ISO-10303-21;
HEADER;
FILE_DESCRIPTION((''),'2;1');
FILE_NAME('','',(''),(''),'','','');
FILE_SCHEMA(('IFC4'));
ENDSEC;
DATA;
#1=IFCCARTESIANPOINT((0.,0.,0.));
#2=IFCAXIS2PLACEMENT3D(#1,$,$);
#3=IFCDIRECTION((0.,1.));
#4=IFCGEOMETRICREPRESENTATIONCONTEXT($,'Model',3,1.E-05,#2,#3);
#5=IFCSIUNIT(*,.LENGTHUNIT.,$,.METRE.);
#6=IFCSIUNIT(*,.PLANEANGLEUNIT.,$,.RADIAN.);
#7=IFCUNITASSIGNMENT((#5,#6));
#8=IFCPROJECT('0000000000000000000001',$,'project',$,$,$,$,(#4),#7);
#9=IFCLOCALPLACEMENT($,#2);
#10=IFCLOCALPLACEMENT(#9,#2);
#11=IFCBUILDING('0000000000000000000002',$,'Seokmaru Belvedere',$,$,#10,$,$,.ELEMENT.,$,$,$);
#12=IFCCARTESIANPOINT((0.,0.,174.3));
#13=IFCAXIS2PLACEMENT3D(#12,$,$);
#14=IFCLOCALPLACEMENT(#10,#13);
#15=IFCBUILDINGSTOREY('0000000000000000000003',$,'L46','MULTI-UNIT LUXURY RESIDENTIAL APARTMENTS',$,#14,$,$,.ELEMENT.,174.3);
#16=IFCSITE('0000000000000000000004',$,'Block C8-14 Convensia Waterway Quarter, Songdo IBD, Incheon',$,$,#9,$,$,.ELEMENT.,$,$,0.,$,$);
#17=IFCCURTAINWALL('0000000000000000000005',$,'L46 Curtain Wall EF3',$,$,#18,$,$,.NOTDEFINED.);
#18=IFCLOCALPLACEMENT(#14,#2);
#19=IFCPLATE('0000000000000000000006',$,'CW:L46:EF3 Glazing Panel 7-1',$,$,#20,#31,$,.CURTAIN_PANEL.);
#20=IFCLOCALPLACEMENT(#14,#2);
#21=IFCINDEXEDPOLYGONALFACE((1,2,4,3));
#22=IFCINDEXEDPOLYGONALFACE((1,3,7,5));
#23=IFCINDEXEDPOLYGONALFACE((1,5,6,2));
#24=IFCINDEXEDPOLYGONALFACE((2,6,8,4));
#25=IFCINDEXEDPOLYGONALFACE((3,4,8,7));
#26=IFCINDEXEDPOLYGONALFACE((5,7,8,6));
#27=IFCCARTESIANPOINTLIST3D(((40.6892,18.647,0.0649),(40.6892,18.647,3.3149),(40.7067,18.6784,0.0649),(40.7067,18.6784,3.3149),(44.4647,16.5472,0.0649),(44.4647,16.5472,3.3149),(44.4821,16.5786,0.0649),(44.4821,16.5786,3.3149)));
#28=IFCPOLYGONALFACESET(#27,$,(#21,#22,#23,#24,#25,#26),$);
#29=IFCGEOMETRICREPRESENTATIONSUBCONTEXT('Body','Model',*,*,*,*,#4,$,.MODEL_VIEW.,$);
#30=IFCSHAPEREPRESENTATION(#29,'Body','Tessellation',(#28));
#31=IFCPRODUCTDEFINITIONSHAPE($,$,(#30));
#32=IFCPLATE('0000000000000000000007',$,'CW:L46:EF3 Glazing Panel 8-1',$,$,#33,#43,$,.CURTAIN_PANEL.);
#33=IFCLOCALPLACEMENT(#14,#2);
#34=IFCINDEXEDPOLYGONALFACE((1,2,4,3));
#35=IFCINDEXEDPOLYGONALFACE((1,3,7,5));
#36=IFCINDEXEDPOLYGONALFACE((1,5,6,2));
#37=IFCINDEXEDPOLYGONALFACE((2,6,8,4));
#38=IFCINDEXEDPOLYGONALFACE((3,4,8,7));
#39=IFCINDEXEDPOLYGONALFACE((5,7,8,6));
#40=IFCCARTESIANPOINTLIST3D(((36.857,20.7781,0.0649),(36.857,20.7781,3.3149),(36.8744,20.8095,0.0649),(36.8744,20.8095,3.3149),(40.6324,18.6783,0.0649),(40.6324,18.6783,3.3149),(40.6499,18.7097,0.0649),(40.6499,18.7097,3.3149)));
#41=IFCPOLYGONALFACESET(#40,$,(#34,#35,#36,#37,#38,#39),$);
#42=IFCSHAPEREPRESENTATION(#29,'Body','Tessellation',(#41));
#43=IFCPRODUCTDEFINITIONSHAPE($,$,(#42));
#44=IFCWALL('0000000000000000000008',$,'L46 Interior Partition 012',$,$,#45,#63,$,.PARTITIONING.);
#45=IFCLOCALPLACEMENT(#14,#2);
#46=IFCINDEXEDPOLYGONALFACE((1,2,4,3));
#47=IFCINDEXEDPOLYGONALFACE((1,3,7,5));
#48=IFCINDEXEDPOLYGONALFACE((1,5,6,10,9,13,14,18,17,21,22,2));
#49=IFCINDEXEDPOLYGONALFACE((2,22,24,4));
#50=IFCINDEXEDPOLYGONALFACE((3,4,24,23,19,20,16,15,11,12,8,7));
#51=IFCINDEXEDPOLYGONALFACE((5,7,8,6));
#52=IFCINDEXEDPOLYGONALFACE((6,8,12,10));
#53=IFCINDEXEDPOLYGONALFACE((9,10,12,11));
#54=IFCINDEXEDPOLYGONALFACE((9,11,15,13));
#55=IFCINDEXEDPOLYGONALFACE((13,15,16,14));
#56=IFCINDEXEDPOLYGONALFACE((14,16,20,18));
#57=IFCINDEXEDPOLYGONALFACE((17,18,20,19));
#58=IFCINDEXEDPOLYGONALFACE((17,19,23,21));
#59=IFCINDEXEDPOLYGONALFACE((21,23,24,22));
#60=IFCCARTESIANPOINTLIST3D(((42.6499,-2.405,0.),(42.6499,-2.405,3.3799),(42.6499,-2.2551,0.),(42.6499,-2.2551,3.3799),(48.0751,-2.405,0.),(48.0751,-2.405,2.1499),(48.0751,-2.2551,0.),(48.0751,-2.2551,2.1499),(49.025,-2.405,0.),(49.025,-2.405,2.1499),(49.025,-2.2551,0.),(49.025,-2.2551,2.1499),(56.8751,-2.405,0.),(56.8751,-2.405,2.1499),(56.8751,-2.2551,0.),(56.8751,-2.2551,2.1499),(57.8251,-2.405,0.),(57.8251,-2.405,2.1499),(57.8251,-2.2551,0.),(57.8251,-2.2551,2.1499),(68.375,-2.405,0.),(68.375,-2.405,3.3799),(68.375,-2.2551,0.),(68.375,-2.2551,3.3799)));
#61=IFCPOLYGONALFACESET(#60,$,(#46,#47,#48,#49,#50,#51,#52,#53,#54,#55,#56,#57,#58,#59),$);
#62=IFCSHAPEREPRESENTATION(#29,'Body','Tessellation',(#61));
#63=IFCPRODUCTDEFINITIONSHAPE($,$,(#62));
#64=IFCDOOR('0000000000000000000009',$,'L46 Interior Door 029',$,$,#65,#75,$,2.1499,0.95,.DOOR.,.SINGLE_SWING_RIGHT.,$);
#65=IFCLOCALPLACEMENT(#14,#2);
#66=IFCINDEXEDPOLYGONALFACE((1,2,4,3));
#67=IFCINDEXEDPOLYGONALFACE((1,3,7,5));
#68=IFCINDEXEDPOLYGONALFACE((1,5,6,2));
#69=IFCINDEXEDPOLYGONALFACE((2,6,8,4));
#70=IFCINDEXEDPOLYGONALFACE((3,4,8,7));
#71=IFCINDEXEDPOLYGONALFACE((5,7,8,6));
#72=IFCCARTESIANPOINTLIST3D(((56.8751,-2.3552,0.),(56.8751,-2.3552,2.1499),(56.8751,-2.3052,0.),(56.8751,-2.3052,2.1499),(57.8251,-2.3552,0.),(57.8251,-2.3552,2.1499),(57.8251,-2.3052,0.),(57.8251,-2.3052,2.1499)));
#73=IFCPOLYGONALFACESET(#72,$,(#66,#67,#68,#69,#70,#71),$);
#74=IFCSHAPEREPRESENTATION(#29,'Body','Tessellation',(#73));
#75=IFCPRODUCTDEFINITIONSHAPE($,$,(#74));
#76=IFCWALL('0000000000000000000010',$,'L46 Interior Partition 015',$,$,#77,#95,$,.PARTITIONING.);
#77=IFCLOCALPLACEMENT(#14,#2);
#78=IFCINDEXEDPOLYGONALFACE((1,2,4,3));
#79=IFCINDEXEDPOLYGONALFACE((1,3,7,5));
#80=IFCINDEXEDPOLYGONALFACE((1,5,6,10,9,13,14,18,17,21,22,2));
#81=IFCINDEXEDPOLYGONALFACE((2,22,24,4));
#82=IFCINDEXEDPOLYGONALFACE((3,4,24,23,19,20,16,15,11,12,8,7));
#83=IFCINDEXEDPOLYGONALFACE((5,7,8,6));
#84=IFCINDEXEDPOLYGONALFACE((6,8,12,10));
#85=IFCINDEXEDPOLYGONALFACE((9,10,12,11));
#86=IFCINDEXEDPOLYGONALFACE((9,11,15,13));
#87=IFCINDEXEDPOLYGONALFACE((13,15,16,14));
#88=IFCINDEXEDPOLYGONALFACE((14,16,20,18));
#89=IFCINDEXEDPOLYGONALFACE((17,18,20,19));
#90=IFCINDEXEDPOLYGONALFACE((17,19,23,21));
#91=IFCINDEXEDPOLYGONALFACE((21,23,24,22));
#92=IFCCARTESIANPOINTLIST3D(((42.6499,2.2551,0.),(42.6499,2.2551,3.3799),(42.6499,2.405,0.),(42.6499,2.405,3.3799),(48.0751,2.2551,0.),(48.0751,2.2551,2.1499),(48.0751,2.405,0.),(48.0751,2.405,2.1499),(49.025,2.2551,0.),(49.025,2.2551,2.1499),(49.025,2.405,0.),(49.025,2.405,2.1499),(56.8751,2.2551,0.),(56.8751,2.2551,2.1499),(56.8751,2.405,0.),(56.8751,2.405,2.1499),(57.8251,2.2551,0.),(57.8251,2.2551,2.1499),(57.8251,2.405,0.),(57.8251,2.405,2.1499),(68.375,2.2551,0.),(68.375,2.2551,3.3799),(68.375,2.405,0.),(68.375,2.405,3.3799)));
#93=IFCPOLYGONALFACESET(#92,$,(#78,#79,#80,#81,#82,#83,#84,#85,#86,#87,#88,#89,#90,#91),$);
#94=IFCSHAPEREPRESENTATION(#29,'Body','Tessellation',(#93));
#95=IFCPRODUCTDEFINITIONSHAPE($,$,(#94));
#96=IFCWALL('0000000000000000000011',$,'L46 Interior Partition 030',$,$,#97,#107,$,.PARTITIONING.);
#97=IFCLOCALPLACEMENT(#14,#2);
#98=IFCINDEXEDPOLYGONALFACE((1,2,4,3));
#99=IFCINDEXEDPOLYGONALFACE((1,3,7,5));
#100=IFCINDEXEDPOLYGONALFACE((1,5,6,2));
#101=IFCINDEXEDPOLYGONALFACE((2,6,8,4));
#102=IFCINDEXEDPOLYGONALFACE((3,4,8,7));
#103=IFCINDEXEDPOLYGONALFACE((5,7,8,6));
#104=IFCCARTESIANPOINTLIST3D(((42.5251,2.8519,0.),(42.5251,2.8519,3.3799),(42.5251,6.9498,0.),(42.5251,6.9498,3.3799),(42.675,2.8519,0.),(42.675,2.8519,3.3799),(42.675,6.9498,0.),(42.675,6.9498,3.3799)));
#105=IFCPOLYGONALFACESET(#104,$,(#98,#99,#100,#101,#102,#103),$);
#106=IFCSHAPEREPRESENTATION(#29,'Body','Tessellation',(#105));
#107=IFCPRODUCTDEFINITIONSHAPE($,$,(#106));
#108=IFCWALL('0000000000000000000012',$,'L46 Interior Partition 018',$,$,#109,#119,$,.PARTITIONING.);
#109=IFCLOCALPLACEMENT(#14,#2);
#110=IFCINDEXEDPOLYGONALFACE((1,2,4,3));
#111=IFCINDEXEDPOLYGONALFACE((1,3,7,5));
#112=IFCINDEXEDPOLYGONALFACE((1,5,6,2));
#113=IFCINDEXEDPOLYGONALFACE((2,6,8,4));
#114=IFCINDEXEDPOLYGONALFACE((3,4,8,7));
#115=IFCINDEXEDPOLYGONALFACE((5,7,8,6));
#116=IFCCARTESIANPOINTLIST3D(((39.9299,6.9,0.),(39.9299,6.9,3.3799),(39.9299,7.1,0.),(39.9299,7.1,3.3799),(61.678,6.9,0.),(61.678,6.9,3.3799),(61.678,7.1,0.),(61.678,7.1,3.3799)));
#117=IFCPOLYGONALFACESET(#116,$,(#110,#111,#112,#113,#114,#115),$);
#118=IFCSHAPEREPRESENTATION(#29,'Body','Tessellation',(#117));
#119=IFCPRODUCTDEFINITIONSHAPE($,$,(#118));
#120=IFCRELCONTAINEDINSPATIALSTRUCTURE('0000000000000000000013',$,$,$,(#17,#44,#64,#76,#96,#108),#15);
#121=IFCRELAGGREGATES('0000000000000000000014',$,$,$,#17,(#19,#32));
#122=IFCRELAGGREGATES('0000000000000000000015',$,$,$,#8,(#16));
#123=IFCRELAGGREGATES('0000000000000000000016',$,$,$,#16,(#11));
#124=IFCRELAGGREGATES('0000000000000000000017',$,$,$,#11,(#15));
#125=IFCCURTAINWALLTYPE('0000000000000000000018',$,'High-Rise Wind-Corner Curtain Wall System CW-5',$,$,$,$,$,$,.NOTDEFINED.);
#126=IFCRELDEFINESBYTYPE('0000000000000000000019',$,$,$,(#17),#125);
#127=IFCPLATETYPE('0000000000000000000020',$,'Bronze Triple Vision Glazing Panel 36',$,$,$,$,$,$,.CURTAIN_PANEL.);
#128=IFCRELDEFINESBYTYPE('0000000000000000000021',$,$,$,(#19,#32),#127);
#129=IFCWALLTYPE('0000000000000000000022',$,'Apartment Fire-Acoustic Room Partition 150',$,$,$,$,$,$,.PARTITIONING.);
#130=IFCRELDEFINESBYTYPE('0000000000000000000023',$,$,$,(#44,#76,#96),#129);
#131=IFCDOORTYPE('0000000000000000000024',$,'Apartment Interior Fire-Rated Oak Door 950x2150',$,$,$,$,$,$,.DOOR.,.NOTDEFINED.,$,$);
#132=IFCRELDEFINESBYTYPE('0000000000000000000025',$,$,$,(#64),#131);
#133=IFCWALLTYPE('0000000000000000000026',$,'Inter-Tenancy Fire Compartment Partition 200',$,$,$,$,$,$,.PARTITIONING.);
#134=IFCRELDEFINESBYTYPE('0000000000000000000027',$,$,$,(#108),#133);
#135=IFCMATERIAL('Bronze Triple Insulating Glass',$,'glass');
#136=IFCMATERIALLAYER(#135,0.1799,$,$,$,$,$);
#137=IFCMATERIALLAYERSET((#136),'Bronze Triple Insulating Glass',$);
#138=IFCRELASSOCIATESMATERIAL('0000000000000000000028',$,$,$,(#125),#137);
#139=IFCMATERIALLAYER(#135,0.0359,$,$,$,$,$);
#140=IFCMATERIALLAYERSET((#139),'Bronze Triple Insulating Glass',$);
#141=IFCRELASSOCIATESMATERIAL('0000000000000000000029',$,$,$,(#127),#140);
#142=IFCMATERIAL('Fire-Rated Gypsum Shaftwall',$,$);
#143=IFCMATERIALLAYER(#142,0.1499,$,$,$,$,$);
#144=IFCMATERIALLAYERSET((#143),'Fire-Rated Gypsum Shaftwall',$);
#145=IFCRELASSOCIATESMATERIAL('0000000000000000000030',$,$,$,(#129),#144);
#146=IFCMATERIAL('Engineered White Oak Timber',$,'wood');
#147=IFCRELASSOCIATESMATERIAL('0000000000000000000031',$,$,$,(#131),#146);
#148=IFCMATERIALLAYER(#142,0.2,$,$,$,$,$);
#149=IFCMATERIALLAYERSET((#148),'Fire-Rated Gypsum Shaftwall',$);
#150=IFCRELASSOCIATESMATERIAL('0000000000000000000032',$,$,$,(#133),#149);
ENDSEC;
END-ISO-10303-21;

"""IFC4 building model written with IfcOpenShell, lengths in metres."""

from ifc_helpers import new_model, si_unit, direction, frame, frame_2d, origin, origin_2d, place, context, subcontext, project, spatial, rectangle, extrude, source, transform, mapped, material, layer, layer_set, type_object, type_shapes, element, fill, aggregate, save


model = new_model("IFC4")

# Units and contexts
model_context = context("Model", 3, precision=1e-05, world=origin(), true_north=direction((0.0, 1.0)))
body_context = subcontext(model_context, "Body", "Model", "MODEL_VIEW")
ifc_project = project(units=[si_unit("LENGTHUNIT", "METRE"), si_unit("PLANEANGLEUNIT", "RADIAN")], contexts=[model_context])

# Site, building, storey
site_placement = place(None, origin())
site = spatial("IfcSite", under=ifc_project, at=site_placement, Name="Block C8-14 Convensia Waterway Quarter, Songdo IBD, Incheon", CompositionType="ELEMENT", RefElevation=0.0)
building_placement = place(site_placement, origin())
building = spatial("IfcBuilding", under=site, at=building_placement, Name="Seokmaru Belvedere", CompositionType="ELEMENT")
storey_placement = place(building_placement, frame((0.0, 0.0, 174.3)))
storey = spatial("IfcBuildingStorey", under=building, at=storey_placement, Name="L46", Description="MULTI-UNIT LUXURY RESIDENTIAL APARTMENTS", CompositionType="ELEMENT", Elevation=174.3)

# Curtain wall, plates
ifc_material_1 = material(Name="Bronze Triple Insulating Glass", Category="glass")
ifc_layer_1 = layer(ifc_material_1, 0.1799)
ifc_layer_set_1 = layer_set([ifc_layer_1], Name="Bronze Triple Insulating Glass")
curtain_wall_type = type_object("IfcCurtainWallType", Name="High-Rise Wind-Corner Curtain Wall System CW-5", PredefinedType="NOTDEFINED", material=ifc_layer_set_1)
curtain_wall_placement = place(storey_placement, origin())
curtain_wall = element("IfcCurtainWall", 1, at=curtain_wall_placement, inside=storey, type_object=curtain_wall_type, Name="L46 Curtain Wall EF3", PredefinedType="NOTDEFINED")
ifc_layer_2 = layer(ifc_material_1, 0.0359)
ifc_layer_set_2 = layer_set([ifc_layer_2], Name="Bronze Triple Insulating Glass")
plate_type = type_object("IfcPlateType", Name="Bronze Triple Vision Glazing Panel 36", PredefinedType="CURTAIN_PANEL", material=ifc_layer_set_2)
shared_shape_1 = source(origin(), body_context, "Body", "SweptSolid", [
    extrude(rectangle(XDim=4.3201, YDim=0.0359, at=origin_2d()), origin(), (0.0, 0.0, 1.0), 3.25),
])
type_shapes(plate_type, [shared_shape_1])
plate_1_placement = place(storey_placement, frame((42.5857, 17.6128, 0.0649), z_axis=(0.0, 0.0, 1.0), x_axis=(-0.873933, 0.486047, 0.0)))
plate_1 = element("IfcPlate", 2, at=plate_1_placement, type_object=plate_type, Name="CW:L46:EF3 Glazing Panel 7-1", PredefinedType="CURTAIN_PANEL", context=body_context, shape_type="MappedRepresentation", body=[
    mapped(shared_shape_1, transform((0.0, 0.0, 0.0), scale=1.0)),
])
plate_2_placement = place(storey_placement, frame((38.7534, 19.7439, 0.0649), z_axis=(0.0, 0.0, 1.0), x_axis=(-0.873933, 0.486047, 0.0)))
plate_2 = element("IfcPlate", 3, at=plate_2_placement, type_object=plate_type, Name="CW:L46:EF3 Glazing Panel 8-1", PredefinedType="CURTAIN_PANEL", context=body_context, shape_type="MappedRepresentation", body=[
    mapped(shared_shape_1, transform((0.0, 0.0, 0.0), scale=1.0)),
])
aggregate(curtain_wall, [plate_1, plate_2])

# Wall, openings, door
ifc_material_2 = material(Name="Fire-Rated Gypsum Shaftwall")
ifc_layer_3 = layer(ifc_material_2, 0.1499)
ifc_layer_set_3 = layer_set([ifc_layer_3], Name="Fire-Rated Gypsum Shaftwall")
wall_type_1 = type_object("IfcWallType", Name="Apartment Fire-Acoustic Room Partition 150", PredefinedType="PARTITIONING", material=ifc_layer_set_3)
wall_1_placement = place(storey_placement, frame((42.6499, -2.3301, 0.0), z_axis=(0.0, 0.0, 1.0), x_axis=(1.0, 0.0, 0.0)))
wall_1 = element("IfcWall", 4, at=wall_1_placement, inside=storey, type_object=wall_type_1, Name="L46 Interior Partition 012", PredefinedType="PARTITIONING", context=body_context, shape_type="SweptSolid", body=[
    extrude(rectangle(XDim=25.7251, YDim=0.1499, at=frame_2d((12.8625, 0.0))), origin(), (0.0, 0.0, 1.0), 3.3799),
])
opening_1_placement = place(wall_1_placement, frame((5.425, 0.0, 0.0)))
element("IfcOpeningElement", 5, at=opening_1_placement, cuts=wall_1, PredefinedType="OPENING", context=body_context, shape_type="SweptSolid", body=[
    extrude(rectangle(XDim=0.95, YDim=2.1499, at=frame_2d((0.4751, 1.075))), frame((0.0, 0.085, 0.0), z_axis=(0.0, -1.0, 0.0), x_axis=(1.0, 0.0, 0.0)), (0.0, 0.0, 1.0), 0.1699),
])
opening_2_placement = place(wall_1_placement, frame((14.2251, 0.0, 0.0)))
opening_2 = element("IfcOpeningElement", 6, at=opening_2_placement, cuts=wall_1, PredefinedType="OPENING", context=body_context, shape_type="SweptSolid", body=[
    extrude(rectangle(XDim=0.95, YDim=2.1499, at=frame_2d((0.4751, 1.075))), frame((0.0, 0.085, 0.0), z_axis=(0.0, -1.0, 0.0), x_axis=(1.0, 0.0, 0.0)), (0.0, 0.0, 1.0), 0.1699),
])
ifc_material_3 = material(Name="Engineered White Oak Timber", Category="wood")
door_type_1 = type_object("IfcDoorType", Name="Apartment Interior Fire-Rated Oak Door 950x2150", OperationType="NOTDEFINED", PredefinedType="DOOR", material=ifc_material_3)
shared_shape_2 = source(origin(), body_context, "Body", "SweptSolid", [
    extrude(rectangle(XDim=0.95, YDim=2.1499, at=frame_2d((0.4751, 1.075))), frame((0.0, 0.0249, 0.0), z_axis=(0.0, -1.0, 0.0), x_axis=(1.0, 0.0, 0.0)), (0.0, 0.0, 1.0), 0.05),
])
type_shapes(door_type_1, [shared_shape_2])
door_1_placement = place(opening_2_placement, origin())
door_1 = element("IfcDoor", 7, at=door_1_placement, inside=storey, type_object=door_type_1, Name="L46 Interior Door 029", OperationType="SINGLE_SWING_RIGHT", OverallHeight=2.1499, OverallWidth=0.95, PredefinedType="DOOR", context=body_context, shape_type="MappedRepresentation", body=[
    mapped(shared_shape_2, transform((0.0, 0.0, 0.0), scale=1.0)),
])
fill(opening_2, door_1)

# Wall, openings
wall_2_placement = place(storey_placement, frame((42.6499, 2.3301, 0.0), z_axis=(0.0, 0.0, 1.0), x_axis=(1.0, 0.0, 0.0)))
wall_2 = element("IfcWall", 8, at=wall_2_placement, inside=storey, type_object=wall_type_1, Name="L46 Interior Partition 015", PredefinedType="PARTITIONING", context=body_context, shape_type="SweptSolid", body=[
    extrude(rectangle(XDim=25.7251, YDim=0.1499, at=frame_2d((12.8625, 0.0))), origin(), (0.0, 0.0, 1.0), 3.3799),
])
opening_3_placement = place(wall_2_placement, frame((5.425, 0.0, 0.0)))
element("IfcOpeningElement", 9, at=opening_3_placement, cuts=wall_2, PredefinedType="OPENING", context=body_context, shape_type="SweptSolid", body=[
    extrude(rectangle(XDim=0.95, YDim=2.1499, at=frame_2d((0.4751, 1.075))), frame((0.0, 0.085, 0.0), z_axis=(0.0, -1.0, 0.0), x_axis=(1.0, 0.0, 0.0)), (0.0, 0.0, 1.0), 0.1699),
])
opening_4_placement = place(wall_2_placement, frame((14.2251, 0.0, 0.0)))
element("IfcOpeningElement", 10, at=opening_4_placement, cuts=wall_2, PredefinedType="OPENING", context=body_context, shape_type="SweptSolid", body=[
    extrude(rectangle(XDim=0.95, YDim=2.1499, at=frame_2d((0.4751, 1.075))), frame((0.0, 0.085, 0.0), z_axis=(0.0, -1.0, 0.0), x_axis=(1.0, 0.0, 0.0)), (0.0, 0.0, 1.0), 0.1699),
])

# Walls
wall_3_placement = place(storey_placement, frame((42.6001, 2.8521, 0.0), z_axis=(0.0, 0.0, 1.0), x_axis=(0.0, 1.0, 0.0)))
element("IfcWall", 11, at=wall_3_placement, inside=storey, type_object=wall_type_1, Name="L46 Interior Partition 030", PredefinedType="PARTITIONING", context=body_context, shape_type="SweptSolid", body=[
    extrude(rectangle(XDim=4.0979, YDim=0.1499, at=frame_2d((2.0488, 0.0))), origin(), (0.0, 0.0, 1.0), 3.3799),
])
ifc_layer_4 = layer(ifc_material_2, 0.2)
ifc_layer_set_4 = layer_set([ifc_layer_4], Name="Fire-Rated Gypsum Shaftwall")
wall_type_2 = type_object("IfcWallType", Name="Inter-Tenancy Fire Compartment Partition 200", PredefinedType="PARTITIONING", material=ifc_layer_set_4)
wall_4_placement = place(storey_placement, frame((39.9299, 7.0, 0.0), z_axis=(0.0, 0.0, 1.0), x_axis=(1.0, 0.0, 0.0)))
element("IfcWall", 12, at=wall_4_placement, inside=storey, type_object=wall_type_2, Name="L46 Interior Partition 018", PredefinedType="PARTITIONING", context=body_context, shape_type="SweptSolid", body=[
    extrude(rectangle(XDim=21.748, YDim=0.2, at=frame_2d((10.874, 0.0))), origin(), (0.0, 0.0, 1.0), 3.3799),
])

save(model, "model.ifc")
